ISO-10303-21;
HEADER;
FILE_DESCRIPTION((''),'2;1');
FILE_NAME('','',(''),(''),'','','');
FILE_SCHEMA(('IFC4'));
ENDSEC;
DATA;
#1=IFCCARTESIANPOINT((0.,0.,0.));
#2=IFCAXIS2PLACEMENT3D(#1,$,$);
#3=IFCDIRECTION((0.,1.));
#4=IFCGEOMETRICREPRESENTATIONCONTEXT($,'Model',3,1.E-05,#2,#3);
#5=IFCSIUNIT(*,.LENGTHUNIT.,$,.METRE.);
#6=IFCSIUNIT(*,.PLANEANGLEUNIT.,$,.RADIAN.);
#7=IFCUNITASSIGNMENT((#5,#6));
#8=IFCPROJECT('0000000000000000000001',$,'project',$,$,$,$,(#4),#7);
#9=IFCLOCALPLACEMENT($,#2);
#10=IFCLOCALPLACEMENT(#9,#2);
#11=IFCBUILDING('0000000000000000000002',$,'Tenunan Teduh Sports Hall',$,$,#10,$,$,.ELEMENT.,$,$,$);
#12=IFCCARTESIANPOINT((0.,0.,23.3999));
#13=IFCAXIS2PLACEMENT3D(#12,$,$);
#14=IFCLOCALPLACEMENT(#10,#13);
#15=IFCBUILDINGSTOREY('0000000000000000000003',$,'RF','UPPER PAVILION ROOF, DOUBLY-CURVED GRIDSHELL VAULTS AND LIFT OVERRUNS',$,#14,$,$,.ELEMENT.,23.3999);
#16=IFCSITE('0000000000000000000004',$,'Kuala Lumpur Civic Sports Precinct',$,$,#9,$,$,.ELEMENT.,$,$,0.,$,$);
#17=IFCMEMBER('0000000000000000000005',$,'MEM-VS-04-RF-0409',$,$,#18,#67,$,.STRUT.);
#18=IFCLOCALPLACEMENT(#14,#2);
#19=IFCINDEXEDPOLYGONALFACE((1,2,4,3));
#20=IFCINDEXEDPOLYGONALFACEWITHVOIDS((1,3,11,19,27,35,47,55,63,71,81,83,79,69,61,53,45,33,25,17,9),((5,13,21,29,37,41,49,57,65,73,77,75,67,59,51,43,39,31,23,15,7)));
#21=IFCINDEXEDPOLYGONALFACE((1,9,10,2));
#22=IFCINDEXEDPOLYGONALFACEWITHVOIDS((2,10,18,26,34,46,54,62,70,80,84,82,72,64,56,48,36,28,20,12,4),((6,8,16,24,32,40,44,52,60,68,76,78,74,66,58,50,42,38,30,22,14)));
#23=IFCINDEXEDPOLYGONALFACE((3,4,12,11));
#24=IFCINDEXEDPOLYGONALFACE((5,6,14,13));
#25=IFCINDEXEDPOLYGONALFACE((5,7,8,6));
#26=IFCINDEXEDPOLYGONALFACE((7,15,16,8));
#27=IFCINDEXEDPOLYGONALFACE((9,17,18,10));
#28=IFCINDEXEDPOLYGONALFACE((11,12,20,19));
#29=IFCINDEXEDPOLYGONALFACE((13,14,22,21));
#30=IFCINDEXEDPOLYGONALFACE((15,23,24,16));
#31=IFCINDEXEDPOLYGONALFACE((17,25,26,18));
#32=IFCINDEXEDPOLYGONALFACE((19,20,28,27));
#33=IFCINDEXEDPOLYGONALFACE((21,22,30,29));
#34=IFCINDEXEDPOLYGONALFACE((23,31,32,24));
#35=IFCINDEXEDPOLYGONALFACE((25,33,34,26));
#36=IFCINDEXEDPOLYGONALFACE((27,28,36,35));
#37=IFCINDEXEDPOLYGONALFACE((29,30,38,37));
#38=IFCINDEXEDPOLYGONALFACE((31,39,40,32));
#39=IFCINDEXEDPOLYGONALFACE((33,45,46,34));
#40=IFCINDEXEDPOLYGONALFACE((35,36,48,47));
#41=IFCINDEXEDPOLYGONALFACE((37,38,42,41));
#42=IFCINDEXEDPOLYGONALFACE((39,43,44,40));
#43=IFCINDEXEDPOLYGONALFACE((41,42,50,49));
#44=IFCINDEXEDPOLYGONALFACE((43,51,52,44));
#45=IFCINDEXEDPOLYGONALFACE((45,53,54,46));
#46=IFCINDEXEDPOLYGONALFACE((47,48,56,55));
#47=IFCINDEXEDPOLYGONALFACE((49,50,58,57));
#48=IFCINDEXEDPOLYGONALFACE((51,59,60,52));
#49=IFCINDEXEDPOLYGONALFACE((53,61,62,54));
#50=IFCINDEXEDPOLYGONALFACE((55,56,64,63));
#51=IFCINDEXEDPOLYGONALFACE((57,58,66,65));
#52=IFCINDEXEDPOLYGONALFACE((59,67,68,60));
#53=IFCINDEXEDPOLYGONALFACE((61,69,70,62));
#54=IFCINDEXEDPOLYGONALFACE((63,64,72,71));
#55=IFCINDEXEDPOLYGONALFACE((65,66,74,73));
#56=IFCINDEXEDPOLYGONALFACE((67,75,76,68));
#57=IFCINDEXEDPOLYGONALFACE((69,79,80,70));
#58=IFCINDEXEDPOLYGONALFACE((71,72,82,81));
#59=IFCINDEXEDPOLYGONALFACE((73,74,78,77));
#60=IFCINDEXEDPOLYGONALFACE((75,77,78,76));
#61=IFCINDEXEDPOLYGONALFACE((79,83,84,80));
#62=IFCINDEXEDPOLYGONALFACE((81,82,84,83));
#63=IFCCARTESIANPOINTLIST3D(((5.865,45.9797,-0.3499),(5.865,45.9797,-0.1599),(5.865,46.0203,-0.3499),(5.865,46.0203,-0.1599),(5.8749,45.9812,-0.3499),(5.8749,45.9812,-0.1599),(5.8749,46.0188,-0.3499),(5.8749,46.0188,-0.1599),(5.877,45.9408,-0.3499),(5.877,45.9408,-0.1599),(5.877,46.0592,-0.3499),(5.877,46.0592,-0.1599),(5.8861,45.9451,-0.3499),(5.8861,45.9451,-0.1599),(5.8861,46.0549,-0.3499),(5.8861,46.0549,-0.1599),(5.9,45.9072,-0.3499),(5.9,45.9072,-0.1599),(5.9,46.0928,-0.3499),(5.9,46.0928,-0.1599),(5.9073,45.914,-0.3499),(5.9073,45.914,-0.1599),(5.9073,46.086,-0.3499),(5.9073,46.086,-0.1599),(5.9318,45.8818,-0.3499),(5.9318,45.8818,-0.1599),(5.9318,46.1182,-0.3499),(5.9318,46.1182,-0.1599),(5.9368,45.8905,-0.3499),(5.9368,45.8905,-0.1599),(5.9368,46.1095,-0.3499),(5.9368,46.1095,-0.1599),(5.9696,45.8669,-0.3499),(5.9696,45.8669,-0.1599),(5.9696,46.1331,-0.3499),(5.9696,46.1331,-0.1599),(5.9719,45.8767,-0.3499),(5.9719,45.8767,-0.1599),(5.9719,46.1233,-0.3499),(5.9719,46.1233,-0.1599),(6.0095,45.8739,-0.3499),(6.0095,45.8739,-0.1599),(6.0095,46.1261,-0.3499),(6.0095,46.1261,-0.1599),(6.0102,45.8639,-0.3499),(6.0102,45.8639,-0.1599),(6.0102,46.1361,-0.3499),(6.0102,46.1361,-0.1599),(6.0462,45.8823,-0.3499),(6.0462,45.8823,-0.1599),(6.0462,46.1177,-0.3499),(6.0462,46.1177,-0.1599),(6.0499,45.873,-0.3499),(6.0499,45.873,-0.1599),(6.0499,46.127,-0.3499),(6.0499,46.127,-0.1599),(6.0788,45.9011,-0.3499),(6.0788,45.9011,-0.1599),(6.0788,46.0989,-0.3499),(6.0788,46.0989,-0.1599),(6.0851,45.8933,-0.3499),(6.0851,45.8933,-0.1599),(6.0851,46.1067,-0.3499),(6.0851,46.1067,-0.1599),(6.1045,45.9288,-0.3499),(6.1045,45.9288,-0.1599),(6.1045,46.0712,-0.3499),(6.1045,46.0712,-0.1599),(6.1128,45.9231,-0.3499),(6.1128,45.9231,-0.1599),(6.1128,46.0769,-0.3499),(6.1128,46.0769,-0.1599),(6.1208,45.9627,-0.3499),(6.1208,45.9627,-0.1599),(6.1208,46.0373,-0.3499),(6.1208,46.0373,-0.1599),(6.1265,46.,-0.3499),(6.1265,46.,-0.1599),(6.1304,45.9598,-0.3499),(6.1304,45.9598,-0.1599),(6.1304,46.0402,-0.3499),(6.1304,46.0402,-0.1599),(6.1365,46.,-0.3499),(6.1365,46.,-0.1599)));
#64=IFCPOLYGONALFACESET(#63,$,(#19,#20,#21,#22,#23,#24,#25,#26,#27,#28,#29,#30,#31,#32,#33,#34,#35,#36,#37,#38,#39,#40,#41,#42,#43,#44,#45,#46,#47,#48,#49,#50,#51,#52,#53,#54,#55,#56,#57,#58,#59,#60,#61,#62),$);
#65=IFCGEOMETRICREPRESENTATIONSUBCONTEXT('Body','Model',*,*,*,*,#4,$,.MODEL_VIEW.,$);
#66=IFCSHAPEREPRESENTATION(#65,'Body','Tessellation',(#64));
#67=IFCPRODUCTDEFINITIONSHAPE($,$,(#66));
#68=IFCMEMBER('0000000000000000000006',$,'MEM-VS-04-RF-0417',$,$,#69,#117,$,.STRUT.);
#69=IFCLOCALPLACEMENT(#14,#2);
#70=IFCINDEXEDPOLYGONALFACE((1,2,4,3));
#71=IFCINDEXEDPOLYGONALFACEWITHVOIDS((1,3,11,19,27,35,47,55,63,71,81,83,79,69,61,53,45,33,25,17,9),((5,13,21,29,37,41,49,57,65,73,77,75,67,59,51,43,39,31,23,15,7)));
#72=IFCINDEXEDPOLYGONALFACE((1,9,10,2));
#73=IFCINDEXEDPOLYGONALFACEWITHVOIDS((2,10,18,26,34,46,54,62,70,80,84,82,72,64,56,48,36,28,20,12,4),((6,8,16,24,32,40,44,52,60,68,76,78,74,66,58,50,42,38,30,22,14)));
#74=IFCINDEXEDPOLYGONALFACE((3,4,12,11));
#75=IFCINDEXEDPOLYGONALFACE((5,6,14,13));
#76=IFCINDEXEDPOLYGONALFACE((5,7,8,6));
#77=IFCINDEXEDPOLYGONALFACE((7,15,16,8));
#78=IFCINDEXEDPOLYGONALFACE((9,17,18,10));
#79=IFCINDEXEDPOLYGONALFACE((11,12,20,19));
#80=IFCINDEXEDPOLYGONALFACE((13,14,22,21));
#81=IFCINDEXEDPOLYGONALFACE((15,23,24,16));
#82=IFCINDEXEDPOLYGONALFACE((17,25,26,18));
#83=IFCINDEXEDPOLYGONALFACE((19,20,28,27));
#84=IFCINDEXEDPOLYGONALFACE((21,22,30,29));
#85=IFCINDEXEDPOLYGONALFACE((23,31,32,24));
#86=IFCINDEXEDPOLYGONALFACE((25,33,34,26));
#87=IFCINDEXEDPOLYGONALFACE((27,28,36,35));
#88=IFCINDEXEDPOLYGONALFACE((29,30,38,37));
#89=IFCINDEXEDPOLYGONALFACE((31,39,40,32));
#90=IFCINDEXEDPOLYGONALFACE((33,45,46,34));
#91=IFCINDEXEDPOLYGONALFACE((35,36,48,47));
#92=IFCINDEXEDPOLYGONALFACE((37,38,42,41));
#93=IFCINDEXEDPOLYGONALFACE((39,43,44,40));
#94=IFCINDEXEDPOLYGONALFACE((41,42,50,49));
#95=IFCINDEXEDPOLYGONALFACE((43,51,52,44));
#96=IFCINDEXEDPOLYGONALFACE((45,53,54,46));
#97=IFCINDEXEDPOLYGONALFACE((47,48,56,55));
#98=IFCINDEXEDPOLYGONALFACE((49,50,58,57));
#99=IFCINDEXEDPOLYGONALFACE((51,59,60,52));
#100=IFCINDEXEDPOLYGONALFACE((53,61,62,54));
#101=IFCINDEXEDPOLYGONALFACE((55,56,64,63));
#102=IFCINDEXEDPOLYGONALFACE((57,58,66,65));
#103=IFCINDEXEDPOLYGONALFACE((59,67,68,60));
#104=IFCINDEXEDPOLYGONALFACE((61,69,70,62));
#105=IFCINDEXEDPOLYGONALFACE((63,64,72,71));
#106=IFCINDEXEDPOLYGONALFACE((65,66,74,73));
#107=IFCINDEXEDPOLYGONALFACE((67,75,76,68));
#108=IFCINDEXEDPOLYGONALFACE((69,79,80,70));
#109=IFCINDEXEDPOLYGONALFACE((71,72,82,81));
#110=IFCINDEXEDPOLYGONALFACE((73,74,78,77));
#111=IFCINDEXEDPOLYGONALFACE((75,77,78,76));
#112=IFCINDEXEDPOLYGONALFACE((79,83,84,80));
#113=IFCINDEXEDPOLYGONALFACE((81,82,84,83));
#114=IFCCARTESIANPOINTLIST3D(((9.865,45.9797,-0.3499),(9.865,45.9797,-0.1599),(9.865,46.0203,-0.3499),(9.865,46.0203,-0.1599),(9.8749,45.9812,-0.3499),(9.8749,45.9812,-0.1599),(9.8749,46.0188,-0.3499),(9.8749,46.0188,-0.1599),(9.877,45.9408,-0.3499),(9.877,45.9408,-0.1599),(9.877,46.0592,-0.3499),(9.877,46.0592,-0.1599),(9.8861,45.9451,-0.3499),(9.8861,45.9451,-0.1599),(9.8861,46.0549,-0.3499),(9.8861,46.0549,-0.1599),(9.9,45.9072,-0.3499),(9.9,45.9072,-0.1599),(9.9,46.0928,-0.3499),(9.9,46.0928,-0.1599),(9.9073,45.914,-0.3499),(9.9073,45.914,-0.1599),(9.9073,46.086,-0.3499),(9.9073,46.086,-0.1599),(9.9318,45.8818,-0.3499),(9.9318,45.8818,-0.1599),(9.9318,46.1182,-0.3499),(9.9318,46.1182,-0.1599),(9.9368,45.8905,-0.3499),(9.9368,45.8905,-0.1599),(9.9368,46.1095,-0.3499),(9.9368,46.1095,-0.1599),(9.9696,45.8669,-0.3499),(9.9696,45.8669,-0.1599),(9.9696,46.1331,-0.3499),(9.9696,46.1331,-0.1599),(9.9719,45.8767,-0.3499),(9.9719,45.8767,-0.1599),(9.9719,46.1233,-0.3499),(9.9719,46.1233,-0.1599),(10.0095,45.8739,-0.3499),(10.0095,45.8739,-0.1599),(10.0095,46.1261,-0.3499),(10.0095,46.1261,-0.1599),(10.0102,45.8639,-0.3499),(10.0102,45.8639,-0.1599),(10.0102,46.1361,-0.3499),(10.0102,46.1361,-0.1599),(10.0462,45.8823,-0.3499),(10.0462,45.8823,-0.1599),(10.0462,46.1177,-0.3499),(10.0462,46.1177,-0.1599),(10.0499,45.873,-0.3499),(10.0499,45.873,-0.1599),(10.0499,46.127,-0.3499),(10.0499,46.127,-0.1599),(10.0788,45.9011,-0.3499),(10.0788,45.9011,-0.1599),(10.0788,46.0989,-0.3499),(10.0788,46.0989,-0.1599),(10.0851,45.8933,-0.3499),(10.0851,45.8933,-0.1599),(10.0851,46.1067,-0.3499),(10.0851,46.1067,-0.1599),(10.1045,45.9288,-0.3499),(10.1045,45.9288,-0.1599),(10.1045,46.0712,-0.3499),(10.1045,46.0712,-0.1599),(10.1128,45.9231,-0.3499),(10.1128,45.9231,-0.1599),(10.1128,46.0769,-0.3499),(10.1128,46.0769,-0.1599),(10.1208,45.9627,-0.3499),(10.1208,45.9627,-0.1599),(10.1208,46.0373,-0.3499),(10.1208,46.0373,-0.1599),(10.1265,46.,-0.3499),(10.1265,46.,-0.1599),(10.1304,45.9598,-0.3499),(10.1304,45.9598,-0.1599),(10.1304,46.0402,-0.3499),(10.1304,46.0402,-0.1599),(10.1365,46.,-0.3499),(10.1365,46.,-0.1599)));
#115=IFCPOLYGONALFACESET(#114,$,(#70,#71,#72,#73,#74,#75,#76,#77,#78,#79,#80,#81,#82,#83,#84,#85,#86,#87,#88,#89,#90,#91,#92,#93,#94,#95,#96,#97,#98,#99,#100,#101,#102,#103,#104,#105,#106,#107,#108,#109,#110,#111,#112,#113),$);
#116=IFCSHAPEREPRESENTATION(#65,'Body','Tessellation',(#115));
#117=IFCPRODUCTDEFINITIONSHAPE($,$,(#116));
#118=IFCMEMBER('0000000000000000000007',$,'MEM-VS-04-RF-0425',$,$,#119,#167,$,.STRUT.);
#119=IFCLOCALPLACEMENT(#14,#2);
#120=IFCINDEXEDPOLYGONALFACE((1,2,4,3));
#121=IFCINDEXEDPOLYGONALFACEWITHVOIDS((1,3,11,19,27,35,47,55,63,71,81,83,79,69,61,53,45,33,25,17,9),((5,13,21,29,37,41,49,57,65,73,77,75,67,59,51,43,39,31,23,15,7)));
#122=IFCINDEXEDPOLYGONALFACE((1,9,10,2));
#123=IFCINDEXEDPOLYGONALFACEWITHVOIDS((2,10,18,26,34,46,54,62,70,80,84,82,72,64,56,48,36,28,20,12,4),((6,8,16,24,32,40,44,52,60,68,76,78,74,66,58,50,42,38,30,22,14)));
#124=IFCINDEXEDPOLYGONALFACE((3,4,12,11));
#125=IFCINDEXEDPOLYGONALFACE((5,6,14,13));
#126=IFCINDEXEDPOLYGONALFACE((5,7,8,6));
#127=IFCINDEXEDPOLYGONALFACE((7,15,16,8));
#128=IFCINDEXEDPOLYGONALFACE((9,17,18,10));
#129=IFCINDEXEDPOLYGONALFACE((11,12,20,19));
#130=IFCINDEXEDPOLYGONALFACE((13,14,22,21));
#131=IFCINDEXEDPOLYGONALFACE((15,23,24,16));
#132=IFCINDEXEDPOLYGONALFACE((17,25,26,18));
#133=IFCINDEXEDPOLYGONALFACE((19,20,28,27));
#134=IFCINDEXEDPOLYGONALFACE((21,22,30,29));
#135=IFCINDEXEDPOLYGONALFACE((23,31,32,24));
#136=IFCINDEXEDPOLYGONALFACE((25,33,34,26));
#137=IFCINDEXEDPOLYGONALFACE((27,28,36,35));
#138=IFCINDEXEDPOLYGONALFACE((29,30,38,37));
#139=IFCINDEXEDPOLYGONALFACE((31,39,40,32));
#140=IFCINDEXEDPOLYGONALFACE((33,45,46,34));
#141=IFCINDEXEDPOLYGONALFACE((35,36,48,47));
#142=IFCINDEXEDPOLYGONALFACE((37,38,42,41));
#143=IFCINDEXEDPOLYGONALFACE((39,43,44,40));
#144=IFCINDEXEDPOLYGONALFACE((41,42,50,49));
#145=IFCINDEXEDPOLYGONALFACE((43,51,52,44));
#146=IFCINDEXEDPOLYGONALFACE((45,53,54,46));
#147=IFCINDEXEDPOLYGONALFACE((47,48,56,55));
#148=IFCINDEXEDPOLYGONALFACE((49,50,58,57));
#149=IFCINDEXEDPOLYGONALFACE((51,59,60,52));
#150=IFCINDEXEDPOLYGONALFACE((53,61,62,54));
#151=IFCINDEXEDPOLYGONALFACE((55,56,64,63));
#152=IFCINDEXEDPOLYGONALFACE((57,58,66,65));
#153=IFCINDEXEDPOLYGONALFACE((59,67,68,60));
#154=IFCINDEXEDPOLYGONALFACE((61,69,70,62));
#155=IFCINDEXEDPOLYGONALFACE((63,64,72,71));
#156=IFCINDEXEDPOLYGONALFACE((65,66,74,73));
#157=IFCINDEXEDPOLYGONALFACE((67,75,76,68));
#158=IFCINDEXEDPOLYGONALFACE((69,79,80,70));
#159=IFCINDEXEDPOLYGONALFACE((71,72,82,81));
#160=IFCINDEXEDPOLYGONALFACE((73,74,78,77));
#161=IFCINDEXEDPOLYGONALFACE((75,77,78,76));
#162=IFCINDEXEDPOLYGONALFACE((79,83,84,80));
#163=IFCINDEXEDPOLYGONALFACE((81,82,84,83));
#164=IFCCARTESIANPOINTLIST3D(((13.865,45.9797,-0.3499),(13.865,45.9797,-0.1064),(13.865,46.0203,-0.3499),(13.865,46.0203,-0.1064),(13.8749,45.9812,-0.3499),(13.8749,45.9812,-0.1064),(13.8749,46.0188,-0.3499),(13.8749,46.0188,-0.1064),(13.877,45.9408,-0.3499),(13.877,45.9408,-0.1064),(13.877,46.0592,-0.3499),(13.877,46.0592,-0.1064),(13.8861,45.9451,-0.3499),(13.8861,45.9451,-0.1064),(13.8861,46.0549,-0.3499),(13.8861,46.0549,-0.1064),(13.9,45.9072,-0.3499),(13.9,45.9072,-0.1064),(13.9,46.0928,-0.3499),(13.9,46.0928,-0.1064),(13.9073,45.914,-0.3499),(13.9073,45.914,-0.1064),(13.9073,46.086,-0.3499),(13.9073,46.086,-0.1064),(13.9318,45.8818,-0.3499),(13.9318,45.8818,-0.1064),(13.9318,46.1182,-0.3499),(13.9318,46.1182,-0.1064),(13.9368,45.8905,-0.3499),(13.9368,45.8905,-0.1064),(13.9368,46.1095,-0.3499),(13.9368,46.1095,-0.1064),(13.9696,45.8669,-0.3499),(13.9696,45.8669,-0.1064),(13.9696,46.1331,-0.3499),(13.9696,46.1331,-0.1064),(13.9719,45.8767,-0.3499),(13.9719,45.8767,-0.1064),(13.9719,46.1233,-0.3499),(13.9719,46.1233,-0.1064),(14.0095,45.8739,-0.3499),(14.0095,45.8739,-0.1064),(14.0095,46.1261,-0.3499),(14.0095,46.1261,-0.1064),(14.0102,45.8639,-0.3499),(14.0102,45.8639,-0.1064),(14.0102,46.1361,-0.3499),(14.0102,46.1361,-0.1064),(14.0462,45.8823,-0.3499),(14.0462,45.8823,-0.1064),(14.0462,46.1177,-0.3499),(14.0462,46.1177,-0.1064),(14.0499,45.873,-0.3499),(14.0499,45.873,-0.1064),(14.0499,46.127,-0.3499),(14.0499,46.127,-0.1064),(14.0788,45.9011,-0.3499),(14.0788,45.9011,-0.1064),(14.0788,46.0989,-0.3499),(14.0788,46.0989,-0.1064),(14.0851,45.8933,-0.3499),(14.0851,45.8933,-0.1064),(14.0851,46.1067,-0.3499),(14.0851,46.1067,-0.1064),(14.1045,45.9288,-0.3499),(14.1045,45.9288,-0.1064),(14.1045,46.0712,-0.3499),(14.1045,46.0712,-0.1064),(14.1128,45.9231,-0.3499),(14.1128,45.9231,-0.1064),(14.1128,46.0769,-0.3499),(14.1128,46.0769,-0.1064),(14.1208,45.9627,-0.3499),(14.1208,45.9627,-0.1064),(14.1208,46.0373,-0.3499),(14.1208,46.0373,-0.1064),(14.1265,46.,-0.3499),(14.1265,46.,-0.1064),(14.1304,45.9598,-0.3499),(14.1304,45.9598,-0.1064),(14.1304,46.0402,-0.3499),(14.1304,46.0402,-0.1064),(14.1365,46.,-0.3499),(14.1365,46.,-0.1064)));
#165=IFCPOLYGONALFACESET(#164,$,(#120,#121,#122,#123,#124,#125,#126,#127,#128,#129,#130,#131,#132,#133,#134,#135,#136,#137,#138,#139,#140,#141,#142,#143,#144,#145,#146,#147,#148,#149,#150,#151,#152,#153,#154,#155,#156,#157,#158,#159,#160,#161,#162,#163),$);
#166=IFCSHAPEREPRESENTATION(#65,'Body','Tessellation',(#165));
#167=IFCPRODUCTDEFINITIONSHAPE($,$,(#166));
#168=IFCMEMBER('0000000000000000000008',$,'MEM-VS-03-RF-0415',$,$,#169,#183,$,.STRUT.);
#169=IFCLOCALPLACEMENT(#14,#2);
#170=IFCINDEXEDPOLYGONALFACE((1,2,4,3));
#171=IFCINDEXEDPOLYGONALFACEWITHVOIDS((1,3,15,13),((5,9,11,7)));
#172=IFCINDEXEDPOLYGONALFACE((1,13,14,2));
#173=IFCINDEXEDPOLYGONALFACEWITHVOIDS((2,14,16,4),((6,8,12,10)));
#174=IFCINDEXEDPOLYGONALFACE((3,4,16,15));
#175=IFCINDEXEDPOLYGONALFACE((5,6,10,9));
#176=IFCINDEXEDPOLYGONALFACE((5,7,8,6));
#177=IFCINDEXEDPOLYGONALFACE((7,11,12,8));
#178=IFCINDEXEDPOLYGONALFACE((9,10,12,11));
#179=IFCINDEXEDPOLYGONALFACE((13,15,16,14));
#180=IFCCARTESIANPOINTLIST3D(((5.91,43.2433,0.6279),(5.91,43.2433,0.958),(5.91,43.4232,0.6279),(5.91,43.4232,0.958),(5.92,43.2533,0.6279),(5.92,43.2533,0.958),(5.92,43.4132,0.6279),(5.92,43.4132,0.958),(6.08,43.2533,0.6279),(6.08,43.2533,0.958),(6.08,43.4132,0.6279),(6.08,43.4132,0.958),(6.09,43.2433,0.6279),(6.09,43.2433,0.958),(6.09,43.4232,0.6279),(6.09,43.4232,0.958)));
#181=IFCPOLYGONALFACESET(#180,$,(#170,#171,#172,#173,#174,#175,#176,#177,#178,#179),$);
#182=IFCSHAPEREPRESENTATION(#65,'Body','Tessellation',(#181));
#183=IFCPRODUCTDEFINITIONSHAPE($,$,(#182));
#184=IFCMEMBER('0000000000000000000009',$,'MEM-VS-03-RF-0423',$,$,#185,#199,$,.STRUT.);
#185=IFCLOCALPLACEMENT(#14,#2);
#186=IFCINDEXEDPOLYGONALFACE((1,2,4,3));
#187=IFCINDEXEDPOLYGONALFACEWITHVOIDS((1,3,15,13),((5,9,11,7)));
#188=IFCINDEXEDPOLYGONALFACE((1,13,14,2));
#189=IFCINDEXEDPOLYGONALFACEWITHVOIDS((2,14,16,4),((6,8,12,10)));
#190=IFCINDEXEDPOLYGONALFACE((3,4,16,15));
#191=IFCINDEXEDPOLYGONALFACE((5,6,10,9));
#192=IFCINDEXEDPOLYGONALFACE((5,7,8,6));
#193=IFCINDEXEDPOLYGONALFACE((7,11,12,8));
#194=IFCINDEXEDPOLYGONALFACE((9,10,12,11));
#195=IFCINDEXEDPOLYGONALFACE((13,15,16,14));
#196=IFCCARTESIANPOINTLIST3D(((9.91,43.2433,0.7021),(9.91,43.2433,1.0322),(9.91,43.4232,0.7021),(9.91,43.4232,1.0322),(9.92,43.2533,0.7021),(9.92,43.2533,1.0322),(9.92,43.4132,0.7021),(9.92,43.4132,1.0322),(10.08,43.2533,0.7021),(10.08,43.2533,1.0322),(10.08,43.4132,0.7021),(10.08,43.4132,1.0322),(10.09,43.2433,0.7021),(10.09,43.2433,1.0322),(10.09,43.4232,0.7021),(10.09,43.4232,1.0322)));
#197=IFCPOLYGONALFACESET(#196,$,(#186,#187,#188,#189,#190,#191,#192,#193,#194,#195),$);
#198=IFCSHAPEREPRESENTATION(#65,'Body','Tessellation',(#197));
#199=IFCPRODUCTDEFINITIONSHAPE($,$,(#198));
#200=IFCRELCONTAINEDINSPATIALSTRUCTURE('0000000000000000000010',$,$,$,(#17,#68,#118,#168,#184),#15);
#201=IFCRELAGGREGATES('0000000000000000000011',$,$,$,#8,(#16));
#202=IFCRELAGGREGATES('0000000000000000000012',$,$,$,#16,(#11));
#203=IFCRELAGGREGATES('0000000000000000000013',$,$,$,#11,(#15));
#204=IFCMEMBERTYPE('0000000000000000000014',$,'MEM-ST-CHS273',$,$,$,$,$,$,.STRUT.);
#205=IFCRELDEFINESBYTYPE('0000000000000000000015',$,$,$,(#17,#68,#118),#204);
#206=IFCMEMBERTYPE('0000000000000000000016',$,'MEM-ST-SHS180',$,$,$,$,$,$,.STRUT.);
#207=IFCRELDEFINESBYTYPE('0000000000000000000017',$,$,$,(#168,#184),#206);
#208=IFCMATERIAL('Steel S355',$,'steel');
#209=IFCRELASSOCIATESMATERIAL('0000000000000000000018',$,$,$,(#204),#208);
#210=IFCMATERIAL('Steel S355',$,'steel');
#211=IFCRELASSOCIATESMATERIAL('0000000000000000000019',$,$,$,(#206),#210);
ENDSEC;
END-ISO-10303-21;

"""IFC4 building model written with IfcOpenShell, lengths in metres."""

from ifc_helpers import new_model, si_unit, direction, frame, origin, origin_2d, place, context, subcontext, project, spatial, hollow_rectangle, hollow_circle, extrude, material, material_profile, profile_set, type_object, element, save


model = new_model("IFC4")

# Units and contexts
model_context = context("Model", 3, precision=1e-05, world=origin(), true_north=direction((0.0, 1.0)))
body_context = subcontext(model_context, "Body", "Model", "MODEL_VIEW")
ifc_project = project(units=[si_unit("LENGTHUNIT", "METRE"), si_unit("PLANEANGLEUNIT", "RADIAN")], contexts=[model_context])

# Site, building, storey
site_placement = place(None, origin())
site = spatial("IfcSite", under=ifc_project, at=site_placement, Name="Kuala Lumpur Civic Sports Precinct", CompositionType="ELEMENT", RefElevation=0.0)
building_placement = place(site_placement, origin())
building = spatial("IfcBuilding", under=site, at=building_placement, Name="Tenunan Teduh Sports Hall", CompositionType="ELEMENT")
storey_placement = place(building_placement, frame((0.0, 0.0, 23.3999)))
storey = spatial("IfcBuildingStorey", under=building, at=storey_placement, Name="RF", Description="UPPER PAVILION ROOF, DOUBLY-CURVED GRIDSHELL VAULTS AND LIFT OVERRUNS", CompositionType="ELEMENT", Elevation=23.3999)

# Members
ifc_material_1 = material(Name="Steel S355", Category="steel")
ifc_material_profile_1 = material_profile(ifc_material_1, hollow_circle(Radius=0.1365, WallThickness=0.01, at=origin_2d()), Name="CHS 273.0x10.0")
ifc_profile_set_1 = profile_set([ifc_material_profile_1], Name="Steel S355")
member_type_1 = type_object("IfcMemberType", Name="MEM-ST-CHS273", PredefinedType="STRUT", material=ifc_profile_set_1)
for number, where, z_axis, x_axis, name in (
    (1, (6.0, 46.0, -0.3499), (0.0, 0.0, 1.0), (1.0, 0.0, 0.0), "MEM-VS-04-RF-0409"),
    (2, (10.0, 46.0, -0.3499), (0.0, 0.0, 1.0), (1.0, 0.0, 0.0), "MEM-VS-04-RF-0417"),
):
    element("IfcMember", number, at=place(storey_placement, frame(where, z_axis=z_axis, x_axis=x_axis)), inside=storey, type_object=member_type_1, Name=name, PredefinedType="STRUT", context=body_context, shape_type="SweptSolid", body=[
        extrude(hollow_circle(Radius=0.1365, WallThickness=0.01, at=origin_2d()), origin(), (0.0, 0.0, 1.0), 0.1899),
    ])
member_1_placement = place(storey_placement, frame((14.0, 46.0, -0.3499), z_axis=(0.0, 0.0, 1.0), x_axis=(1.0, 0.0, 0.0)))
element("IfcMember", 3, at=member_1_placement, inside=storey, type_object=member_type_1, Name="MEM-VS-04-RF-0425", PredefinedType="STRUT", context=body_context, shape_type="SweptSolid", body=[
    extrude(hollow_circle(Radius=0.1365, WallThickness=0.01, at=origin_2d()), origin(), (0.0, 0.0, 1.0), 0.2434),
])
ifc_material_2 = material(Name="Steel S355", Category="steel")
ifc_material_profile_2 = material_profile(ifc_material_2, hollow_rectangle(XDim=0.1799, YDim=0.1799, WallThickness=0.01, at=origin_2d()), Name="SHS 180x180x10.0")
ifc_profile_set_2 = profile_set([ifc_material_profile_2], Name="Steel S355")
member_type_2 = type_object("IfcMemberType", Name="MEM-ST-SHS180", PredefinedType="STRUT", material=ifc_profile_set_2)
for number, where, z_axis, x_axis, name in (
    (4, (6.0, 43.3333, 0.6279), (0.0, 0.0, 1.0), (1.0, 0.0, 0.0), "MEM-VS-03-RF-0415"),
    (5, (10.0, 43.3333, 0.7021), (0.0, 0.0, 1.0), (1.0, 0.0, 0.0), "MEM-VS-03-RF-0423"),
):
    element("IfcMember", number, at=place(storey_placement, frame(where, z_axis=z_axis, x_axis=x_axis)), inside=storey, type_object=member_type_2, Name=name, PredefinedType="STRUT", context=body_context, shape_type="SweptSolid", body=[
        extrude(hollow_rectangle(XDim=0.1799, YDim=0.1799, WallThickness=0.01, at=origin_2d()), origin(), (0.0, 0.0, 1.0), 0.3301),
    ])

save(model, "model.ifc")
